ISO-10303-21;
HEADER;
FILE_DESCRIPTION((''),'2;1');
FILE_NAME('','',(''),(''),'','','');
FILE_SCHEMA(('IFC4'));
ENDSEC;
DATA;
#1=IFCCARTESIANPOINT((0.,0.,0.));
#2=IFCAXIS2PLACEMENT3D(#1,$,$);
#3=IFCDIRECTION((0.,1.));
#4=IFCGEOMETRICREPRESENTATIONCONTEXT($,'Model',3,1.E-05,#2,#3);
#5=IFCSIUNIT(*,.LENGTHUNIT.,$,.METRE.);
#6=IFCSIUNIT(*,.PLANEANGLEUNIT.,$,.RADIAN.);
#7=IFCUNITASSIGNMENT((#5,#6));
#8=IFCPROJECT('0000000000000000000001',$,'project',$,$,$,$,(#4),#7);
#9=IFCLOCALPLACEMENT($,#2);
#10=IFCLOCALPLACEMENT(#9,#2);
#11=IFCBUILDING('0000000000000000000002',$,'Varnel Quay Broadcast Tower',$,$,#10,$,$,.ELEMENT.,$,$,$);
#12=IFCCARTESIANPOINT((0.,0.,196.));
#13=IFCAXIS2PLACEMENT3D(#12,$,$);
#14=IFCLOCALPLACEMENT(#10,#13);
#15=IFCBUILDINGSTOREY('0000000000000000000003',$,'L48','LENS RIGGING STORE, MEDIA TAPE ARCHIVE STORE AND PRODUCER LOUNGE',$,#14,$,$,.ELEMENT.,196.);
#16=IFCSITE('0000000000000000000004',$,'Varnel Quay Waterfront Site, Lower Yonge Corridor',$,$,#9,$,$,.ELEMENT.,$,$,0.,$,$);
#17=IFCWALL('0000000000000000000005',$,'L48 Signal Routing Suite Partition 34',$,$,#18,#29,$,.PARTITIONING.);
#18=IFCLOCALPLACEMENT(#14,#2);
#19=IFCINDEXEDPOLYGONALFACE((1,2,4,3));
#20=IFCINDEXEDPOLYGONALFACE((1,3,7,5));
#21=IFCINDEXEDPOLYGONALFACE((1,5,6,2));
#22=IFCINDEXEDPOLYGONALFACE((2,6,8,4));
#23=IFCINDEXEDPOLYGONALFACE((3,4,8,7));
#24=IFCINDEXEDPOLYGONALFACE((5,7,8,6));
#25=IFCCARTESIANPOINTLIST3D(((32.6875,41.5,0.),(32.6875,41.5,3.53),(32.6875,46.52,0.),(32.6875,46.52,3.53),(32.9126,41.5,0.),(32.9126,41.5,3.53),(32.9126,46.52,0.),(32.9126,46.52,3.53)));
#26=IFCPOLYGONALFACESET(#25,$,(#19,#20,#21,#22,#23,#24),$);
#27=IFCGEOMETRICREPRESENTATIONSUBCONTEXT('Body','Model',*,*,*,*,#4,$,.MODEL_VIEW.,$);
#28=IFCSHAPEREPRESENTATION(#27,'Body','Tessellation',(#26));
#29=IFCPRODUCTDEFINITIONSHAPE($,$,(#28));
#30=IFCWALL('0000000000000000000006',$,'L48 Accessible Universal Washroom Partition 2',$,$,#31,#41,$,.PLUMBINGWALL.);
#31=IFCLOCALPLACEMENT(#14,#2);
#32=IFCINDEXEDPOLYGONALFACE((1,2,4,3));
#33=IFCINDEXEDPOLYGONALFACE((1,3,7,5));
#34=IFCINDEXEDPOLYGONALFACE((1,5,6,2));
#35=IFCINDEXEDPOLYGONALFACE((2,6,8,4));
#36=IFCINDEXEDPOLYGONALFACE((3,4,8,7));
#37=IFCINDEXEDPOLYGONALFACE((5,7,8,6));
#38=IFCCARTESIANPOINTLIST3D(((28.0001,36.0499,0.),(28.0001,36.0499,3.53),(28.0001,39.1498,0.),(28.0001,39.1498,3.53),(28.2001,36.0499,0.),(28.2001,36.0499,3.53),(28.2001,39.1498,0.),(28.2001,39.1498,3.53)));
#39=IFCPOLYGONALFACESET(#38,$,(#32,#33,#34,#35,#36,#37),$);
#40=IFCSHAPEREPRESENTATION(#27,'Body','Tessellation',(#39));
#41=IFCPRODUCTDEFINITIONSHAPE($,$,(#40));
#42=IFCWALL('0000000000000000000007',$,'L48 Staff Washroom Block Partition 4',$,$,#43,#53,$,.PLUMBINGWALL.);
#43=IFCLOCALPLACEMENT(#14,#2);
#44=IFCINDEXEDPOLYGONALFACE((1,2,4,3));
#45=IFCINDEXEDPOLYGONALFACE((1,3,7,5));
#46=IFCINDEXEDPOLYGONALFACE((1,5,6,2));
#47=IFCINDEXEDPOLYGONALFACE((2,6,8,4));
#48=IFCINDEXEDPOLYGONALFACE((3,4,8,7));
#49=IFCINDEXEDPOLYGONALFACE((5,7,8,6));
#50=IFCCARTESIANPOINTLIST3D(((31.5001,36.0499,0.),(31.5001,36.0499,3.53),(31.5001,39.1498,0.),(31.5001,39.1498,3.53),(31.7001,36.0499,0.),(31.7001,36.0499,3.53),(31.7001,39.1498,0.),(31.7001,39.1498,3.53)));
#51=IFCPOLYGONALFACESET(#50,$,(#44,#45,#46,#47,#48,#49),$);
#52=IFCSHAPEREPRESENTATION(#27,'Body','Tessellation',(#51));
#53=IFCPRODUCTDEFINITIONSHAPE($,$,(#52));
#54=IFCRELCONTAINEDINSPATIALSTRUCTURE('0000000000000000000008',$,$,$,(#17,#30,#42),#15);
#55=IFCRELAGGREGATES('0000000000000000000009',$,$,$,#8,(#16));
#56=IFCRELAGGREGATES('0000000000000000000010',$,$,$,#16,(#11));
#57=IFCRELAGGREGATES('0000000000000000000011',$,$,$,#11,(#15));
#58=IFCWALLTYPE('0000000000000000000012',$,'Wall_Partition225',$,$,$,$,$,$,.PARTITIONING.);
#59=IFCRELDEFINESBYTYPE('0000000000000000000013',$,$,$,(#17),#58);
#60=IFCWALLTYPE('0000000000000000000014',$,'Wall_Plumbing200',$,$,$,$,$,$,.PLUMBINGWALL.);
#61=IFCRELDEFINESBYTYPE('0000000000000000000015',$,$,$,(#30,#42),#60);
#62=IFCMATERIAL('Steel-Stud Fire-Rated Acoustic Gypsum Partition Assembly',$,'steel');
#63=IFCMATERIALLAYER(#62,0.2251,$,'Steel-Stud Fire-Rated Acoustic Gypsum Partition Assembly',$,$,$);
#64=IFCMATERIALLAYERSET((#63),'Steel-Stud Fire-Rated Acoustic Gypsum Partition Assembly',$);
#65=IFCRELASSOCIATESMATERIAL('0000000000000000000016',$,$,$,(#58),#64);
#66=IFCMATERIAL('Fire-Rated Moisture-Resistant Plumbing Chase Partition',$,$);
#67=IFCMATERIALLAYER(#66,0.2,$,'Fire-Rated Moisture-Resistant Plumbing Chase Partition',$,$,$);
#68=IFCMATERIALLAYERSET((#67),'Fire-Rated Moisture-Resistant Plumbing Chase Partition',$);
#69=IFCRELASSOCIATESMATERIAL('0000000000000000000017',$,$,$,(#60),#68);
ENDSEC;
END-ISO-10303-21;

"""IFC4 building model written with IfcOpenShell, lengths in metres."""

from ifc_helpers import new_model, si_unit, direction, frame, frame_2d, origin, place, context, subcontext, project, spatial, rectangle, extrude, material, layer, layer_set, type_object, element, save


model = new_model("IFC4")

# Units and contexts
model_context = context("Model", 3, precision=1e-05, world=origin(), true_north=direction((0.0, 1.0)))
body_context = subcontext(model_context, "Body", "Model", "MODEL_VIEW")
ifc_project = project(units=[si_unit("LENGTHUNIT", "METRE"), si_unit("PLANEANGLEUNIT", "RADIAN")], contexts=[model_context])

# Site, building, storey
site_placement = place(None, origin())
site = spatial("IfcSite", under=ifc_project, at=site_placement, Name="Varnel Quay Waterfront Site, Lower Yonge Corridor", CompositionType="ELEMENT", RefElevation=0.0)
building_placement = place(site_placement, origin())
building = spatial("IfcBuilding", under=site, at=building_placement, Name="Varnel Quay Broadcast Tower", CompositionType="ELEMENT")
storey_placement = place(building_placement, frame((0.0, 0.0, 196.0)))
storey = spatial("IfcBuildingStorey", under=building, at=storey_placement, Name="L48", Description="LENS RIGGING STORE, MEDIA TAPE ARCHIVE STORE AND PRODUCER LOUNGE", CompositionType="ELEMENT", Elevation=196.0)

# Walls
ifc_material_1 = material(Name="Steel-Stud Fire-Rated Acoustic Gypsum Partition Assembly", Category="steel")
ifc_layer_1 = layer(ifc_material_1, 0.2251, Name="Steel-Stud Fire-Rated Acoustic Gypsum Partition Assembly")
ifc_layer_set_1 = layer_set([ifc_layer_1], Name="Steel-Stud Fire-Rated Acoustic Gypsum Partition Assembly")
wall_type_1 = type_object("IfcWallType", Name="Wall_Partition225", PredefinedType="PARTITIONING", material=ifc_layer_set_1)
wall_1_placement = place(storey_placement, frame((32.8, 41.5, 0.0), z_axis=(0.0, 0.0, 1.0), x_axis=(0.0, 1.0, 0.0)))
element("IfcWall", 1, at=wall_1_placement, inside=storey, type_object=wall_type_1, Name="L48 Signal Routing Suite Partition 34", PredefinedType="PARTITIONING", context=body_context, shape_type="SweptSolid", body=[
    extrude(rectangle(XDim=5.02, YDim=0.2251, at=frame_2d((2.51, 0.0))), origin(), (0.0, 0.0, 1.0), 3.53),
])
ifc_material_2 = material(Name="Fire-Rated Moisture-Resistant Plumbing Chase Partition")
ifc_layer_2 = layer(ifc_material_2, 0.2, Name="Fire-Rated Moisture-Resistant Plumbing Chase Partition")
ifc_layer_set_2 = layer_set([ifc_layer_2], Name="Fire-Rated Moisture-Resistant Plumbing Chase Partition")
wall_type_2 = type_object("IfcWallType", Name="Wall_Plumbing200", PredefinedType="PLUMBINGWALL", material=ifc_layer_set_2)
for number, where, z_axis, x_axis, name in (
    (2, (28.1001, 36.05, 0.0), (0.0, 0.0, 1.0), (0.0, 1.0, 0.0), "L48 Accessible Universal Washroom Partition 2"),
    (3, (31.6001, 36.05, 0.0), (0.0, 0.0, 1.0), (0.0, 1.0, 0.0), "L48 Staff Washroom Block Partition 4"),
):
    element("IfcWall", number, at=place(storey_placement, frame(where, z_axis=z_axis, x_axis=x_axis)), inside=storey, type_object=wall_type_2, Name=name, PredefinedType="PLUMBINGWALL", context=body_context, shape_type="SweptSolid", body=[
        extrude(rectangle(XDim=3.0999, YDim=0.2, at=frame_2d((1.5498, 0.0))), origin(), (0.0, 0.0, 1.0), 3.53),
    ])

save(model, "model.ifc")
